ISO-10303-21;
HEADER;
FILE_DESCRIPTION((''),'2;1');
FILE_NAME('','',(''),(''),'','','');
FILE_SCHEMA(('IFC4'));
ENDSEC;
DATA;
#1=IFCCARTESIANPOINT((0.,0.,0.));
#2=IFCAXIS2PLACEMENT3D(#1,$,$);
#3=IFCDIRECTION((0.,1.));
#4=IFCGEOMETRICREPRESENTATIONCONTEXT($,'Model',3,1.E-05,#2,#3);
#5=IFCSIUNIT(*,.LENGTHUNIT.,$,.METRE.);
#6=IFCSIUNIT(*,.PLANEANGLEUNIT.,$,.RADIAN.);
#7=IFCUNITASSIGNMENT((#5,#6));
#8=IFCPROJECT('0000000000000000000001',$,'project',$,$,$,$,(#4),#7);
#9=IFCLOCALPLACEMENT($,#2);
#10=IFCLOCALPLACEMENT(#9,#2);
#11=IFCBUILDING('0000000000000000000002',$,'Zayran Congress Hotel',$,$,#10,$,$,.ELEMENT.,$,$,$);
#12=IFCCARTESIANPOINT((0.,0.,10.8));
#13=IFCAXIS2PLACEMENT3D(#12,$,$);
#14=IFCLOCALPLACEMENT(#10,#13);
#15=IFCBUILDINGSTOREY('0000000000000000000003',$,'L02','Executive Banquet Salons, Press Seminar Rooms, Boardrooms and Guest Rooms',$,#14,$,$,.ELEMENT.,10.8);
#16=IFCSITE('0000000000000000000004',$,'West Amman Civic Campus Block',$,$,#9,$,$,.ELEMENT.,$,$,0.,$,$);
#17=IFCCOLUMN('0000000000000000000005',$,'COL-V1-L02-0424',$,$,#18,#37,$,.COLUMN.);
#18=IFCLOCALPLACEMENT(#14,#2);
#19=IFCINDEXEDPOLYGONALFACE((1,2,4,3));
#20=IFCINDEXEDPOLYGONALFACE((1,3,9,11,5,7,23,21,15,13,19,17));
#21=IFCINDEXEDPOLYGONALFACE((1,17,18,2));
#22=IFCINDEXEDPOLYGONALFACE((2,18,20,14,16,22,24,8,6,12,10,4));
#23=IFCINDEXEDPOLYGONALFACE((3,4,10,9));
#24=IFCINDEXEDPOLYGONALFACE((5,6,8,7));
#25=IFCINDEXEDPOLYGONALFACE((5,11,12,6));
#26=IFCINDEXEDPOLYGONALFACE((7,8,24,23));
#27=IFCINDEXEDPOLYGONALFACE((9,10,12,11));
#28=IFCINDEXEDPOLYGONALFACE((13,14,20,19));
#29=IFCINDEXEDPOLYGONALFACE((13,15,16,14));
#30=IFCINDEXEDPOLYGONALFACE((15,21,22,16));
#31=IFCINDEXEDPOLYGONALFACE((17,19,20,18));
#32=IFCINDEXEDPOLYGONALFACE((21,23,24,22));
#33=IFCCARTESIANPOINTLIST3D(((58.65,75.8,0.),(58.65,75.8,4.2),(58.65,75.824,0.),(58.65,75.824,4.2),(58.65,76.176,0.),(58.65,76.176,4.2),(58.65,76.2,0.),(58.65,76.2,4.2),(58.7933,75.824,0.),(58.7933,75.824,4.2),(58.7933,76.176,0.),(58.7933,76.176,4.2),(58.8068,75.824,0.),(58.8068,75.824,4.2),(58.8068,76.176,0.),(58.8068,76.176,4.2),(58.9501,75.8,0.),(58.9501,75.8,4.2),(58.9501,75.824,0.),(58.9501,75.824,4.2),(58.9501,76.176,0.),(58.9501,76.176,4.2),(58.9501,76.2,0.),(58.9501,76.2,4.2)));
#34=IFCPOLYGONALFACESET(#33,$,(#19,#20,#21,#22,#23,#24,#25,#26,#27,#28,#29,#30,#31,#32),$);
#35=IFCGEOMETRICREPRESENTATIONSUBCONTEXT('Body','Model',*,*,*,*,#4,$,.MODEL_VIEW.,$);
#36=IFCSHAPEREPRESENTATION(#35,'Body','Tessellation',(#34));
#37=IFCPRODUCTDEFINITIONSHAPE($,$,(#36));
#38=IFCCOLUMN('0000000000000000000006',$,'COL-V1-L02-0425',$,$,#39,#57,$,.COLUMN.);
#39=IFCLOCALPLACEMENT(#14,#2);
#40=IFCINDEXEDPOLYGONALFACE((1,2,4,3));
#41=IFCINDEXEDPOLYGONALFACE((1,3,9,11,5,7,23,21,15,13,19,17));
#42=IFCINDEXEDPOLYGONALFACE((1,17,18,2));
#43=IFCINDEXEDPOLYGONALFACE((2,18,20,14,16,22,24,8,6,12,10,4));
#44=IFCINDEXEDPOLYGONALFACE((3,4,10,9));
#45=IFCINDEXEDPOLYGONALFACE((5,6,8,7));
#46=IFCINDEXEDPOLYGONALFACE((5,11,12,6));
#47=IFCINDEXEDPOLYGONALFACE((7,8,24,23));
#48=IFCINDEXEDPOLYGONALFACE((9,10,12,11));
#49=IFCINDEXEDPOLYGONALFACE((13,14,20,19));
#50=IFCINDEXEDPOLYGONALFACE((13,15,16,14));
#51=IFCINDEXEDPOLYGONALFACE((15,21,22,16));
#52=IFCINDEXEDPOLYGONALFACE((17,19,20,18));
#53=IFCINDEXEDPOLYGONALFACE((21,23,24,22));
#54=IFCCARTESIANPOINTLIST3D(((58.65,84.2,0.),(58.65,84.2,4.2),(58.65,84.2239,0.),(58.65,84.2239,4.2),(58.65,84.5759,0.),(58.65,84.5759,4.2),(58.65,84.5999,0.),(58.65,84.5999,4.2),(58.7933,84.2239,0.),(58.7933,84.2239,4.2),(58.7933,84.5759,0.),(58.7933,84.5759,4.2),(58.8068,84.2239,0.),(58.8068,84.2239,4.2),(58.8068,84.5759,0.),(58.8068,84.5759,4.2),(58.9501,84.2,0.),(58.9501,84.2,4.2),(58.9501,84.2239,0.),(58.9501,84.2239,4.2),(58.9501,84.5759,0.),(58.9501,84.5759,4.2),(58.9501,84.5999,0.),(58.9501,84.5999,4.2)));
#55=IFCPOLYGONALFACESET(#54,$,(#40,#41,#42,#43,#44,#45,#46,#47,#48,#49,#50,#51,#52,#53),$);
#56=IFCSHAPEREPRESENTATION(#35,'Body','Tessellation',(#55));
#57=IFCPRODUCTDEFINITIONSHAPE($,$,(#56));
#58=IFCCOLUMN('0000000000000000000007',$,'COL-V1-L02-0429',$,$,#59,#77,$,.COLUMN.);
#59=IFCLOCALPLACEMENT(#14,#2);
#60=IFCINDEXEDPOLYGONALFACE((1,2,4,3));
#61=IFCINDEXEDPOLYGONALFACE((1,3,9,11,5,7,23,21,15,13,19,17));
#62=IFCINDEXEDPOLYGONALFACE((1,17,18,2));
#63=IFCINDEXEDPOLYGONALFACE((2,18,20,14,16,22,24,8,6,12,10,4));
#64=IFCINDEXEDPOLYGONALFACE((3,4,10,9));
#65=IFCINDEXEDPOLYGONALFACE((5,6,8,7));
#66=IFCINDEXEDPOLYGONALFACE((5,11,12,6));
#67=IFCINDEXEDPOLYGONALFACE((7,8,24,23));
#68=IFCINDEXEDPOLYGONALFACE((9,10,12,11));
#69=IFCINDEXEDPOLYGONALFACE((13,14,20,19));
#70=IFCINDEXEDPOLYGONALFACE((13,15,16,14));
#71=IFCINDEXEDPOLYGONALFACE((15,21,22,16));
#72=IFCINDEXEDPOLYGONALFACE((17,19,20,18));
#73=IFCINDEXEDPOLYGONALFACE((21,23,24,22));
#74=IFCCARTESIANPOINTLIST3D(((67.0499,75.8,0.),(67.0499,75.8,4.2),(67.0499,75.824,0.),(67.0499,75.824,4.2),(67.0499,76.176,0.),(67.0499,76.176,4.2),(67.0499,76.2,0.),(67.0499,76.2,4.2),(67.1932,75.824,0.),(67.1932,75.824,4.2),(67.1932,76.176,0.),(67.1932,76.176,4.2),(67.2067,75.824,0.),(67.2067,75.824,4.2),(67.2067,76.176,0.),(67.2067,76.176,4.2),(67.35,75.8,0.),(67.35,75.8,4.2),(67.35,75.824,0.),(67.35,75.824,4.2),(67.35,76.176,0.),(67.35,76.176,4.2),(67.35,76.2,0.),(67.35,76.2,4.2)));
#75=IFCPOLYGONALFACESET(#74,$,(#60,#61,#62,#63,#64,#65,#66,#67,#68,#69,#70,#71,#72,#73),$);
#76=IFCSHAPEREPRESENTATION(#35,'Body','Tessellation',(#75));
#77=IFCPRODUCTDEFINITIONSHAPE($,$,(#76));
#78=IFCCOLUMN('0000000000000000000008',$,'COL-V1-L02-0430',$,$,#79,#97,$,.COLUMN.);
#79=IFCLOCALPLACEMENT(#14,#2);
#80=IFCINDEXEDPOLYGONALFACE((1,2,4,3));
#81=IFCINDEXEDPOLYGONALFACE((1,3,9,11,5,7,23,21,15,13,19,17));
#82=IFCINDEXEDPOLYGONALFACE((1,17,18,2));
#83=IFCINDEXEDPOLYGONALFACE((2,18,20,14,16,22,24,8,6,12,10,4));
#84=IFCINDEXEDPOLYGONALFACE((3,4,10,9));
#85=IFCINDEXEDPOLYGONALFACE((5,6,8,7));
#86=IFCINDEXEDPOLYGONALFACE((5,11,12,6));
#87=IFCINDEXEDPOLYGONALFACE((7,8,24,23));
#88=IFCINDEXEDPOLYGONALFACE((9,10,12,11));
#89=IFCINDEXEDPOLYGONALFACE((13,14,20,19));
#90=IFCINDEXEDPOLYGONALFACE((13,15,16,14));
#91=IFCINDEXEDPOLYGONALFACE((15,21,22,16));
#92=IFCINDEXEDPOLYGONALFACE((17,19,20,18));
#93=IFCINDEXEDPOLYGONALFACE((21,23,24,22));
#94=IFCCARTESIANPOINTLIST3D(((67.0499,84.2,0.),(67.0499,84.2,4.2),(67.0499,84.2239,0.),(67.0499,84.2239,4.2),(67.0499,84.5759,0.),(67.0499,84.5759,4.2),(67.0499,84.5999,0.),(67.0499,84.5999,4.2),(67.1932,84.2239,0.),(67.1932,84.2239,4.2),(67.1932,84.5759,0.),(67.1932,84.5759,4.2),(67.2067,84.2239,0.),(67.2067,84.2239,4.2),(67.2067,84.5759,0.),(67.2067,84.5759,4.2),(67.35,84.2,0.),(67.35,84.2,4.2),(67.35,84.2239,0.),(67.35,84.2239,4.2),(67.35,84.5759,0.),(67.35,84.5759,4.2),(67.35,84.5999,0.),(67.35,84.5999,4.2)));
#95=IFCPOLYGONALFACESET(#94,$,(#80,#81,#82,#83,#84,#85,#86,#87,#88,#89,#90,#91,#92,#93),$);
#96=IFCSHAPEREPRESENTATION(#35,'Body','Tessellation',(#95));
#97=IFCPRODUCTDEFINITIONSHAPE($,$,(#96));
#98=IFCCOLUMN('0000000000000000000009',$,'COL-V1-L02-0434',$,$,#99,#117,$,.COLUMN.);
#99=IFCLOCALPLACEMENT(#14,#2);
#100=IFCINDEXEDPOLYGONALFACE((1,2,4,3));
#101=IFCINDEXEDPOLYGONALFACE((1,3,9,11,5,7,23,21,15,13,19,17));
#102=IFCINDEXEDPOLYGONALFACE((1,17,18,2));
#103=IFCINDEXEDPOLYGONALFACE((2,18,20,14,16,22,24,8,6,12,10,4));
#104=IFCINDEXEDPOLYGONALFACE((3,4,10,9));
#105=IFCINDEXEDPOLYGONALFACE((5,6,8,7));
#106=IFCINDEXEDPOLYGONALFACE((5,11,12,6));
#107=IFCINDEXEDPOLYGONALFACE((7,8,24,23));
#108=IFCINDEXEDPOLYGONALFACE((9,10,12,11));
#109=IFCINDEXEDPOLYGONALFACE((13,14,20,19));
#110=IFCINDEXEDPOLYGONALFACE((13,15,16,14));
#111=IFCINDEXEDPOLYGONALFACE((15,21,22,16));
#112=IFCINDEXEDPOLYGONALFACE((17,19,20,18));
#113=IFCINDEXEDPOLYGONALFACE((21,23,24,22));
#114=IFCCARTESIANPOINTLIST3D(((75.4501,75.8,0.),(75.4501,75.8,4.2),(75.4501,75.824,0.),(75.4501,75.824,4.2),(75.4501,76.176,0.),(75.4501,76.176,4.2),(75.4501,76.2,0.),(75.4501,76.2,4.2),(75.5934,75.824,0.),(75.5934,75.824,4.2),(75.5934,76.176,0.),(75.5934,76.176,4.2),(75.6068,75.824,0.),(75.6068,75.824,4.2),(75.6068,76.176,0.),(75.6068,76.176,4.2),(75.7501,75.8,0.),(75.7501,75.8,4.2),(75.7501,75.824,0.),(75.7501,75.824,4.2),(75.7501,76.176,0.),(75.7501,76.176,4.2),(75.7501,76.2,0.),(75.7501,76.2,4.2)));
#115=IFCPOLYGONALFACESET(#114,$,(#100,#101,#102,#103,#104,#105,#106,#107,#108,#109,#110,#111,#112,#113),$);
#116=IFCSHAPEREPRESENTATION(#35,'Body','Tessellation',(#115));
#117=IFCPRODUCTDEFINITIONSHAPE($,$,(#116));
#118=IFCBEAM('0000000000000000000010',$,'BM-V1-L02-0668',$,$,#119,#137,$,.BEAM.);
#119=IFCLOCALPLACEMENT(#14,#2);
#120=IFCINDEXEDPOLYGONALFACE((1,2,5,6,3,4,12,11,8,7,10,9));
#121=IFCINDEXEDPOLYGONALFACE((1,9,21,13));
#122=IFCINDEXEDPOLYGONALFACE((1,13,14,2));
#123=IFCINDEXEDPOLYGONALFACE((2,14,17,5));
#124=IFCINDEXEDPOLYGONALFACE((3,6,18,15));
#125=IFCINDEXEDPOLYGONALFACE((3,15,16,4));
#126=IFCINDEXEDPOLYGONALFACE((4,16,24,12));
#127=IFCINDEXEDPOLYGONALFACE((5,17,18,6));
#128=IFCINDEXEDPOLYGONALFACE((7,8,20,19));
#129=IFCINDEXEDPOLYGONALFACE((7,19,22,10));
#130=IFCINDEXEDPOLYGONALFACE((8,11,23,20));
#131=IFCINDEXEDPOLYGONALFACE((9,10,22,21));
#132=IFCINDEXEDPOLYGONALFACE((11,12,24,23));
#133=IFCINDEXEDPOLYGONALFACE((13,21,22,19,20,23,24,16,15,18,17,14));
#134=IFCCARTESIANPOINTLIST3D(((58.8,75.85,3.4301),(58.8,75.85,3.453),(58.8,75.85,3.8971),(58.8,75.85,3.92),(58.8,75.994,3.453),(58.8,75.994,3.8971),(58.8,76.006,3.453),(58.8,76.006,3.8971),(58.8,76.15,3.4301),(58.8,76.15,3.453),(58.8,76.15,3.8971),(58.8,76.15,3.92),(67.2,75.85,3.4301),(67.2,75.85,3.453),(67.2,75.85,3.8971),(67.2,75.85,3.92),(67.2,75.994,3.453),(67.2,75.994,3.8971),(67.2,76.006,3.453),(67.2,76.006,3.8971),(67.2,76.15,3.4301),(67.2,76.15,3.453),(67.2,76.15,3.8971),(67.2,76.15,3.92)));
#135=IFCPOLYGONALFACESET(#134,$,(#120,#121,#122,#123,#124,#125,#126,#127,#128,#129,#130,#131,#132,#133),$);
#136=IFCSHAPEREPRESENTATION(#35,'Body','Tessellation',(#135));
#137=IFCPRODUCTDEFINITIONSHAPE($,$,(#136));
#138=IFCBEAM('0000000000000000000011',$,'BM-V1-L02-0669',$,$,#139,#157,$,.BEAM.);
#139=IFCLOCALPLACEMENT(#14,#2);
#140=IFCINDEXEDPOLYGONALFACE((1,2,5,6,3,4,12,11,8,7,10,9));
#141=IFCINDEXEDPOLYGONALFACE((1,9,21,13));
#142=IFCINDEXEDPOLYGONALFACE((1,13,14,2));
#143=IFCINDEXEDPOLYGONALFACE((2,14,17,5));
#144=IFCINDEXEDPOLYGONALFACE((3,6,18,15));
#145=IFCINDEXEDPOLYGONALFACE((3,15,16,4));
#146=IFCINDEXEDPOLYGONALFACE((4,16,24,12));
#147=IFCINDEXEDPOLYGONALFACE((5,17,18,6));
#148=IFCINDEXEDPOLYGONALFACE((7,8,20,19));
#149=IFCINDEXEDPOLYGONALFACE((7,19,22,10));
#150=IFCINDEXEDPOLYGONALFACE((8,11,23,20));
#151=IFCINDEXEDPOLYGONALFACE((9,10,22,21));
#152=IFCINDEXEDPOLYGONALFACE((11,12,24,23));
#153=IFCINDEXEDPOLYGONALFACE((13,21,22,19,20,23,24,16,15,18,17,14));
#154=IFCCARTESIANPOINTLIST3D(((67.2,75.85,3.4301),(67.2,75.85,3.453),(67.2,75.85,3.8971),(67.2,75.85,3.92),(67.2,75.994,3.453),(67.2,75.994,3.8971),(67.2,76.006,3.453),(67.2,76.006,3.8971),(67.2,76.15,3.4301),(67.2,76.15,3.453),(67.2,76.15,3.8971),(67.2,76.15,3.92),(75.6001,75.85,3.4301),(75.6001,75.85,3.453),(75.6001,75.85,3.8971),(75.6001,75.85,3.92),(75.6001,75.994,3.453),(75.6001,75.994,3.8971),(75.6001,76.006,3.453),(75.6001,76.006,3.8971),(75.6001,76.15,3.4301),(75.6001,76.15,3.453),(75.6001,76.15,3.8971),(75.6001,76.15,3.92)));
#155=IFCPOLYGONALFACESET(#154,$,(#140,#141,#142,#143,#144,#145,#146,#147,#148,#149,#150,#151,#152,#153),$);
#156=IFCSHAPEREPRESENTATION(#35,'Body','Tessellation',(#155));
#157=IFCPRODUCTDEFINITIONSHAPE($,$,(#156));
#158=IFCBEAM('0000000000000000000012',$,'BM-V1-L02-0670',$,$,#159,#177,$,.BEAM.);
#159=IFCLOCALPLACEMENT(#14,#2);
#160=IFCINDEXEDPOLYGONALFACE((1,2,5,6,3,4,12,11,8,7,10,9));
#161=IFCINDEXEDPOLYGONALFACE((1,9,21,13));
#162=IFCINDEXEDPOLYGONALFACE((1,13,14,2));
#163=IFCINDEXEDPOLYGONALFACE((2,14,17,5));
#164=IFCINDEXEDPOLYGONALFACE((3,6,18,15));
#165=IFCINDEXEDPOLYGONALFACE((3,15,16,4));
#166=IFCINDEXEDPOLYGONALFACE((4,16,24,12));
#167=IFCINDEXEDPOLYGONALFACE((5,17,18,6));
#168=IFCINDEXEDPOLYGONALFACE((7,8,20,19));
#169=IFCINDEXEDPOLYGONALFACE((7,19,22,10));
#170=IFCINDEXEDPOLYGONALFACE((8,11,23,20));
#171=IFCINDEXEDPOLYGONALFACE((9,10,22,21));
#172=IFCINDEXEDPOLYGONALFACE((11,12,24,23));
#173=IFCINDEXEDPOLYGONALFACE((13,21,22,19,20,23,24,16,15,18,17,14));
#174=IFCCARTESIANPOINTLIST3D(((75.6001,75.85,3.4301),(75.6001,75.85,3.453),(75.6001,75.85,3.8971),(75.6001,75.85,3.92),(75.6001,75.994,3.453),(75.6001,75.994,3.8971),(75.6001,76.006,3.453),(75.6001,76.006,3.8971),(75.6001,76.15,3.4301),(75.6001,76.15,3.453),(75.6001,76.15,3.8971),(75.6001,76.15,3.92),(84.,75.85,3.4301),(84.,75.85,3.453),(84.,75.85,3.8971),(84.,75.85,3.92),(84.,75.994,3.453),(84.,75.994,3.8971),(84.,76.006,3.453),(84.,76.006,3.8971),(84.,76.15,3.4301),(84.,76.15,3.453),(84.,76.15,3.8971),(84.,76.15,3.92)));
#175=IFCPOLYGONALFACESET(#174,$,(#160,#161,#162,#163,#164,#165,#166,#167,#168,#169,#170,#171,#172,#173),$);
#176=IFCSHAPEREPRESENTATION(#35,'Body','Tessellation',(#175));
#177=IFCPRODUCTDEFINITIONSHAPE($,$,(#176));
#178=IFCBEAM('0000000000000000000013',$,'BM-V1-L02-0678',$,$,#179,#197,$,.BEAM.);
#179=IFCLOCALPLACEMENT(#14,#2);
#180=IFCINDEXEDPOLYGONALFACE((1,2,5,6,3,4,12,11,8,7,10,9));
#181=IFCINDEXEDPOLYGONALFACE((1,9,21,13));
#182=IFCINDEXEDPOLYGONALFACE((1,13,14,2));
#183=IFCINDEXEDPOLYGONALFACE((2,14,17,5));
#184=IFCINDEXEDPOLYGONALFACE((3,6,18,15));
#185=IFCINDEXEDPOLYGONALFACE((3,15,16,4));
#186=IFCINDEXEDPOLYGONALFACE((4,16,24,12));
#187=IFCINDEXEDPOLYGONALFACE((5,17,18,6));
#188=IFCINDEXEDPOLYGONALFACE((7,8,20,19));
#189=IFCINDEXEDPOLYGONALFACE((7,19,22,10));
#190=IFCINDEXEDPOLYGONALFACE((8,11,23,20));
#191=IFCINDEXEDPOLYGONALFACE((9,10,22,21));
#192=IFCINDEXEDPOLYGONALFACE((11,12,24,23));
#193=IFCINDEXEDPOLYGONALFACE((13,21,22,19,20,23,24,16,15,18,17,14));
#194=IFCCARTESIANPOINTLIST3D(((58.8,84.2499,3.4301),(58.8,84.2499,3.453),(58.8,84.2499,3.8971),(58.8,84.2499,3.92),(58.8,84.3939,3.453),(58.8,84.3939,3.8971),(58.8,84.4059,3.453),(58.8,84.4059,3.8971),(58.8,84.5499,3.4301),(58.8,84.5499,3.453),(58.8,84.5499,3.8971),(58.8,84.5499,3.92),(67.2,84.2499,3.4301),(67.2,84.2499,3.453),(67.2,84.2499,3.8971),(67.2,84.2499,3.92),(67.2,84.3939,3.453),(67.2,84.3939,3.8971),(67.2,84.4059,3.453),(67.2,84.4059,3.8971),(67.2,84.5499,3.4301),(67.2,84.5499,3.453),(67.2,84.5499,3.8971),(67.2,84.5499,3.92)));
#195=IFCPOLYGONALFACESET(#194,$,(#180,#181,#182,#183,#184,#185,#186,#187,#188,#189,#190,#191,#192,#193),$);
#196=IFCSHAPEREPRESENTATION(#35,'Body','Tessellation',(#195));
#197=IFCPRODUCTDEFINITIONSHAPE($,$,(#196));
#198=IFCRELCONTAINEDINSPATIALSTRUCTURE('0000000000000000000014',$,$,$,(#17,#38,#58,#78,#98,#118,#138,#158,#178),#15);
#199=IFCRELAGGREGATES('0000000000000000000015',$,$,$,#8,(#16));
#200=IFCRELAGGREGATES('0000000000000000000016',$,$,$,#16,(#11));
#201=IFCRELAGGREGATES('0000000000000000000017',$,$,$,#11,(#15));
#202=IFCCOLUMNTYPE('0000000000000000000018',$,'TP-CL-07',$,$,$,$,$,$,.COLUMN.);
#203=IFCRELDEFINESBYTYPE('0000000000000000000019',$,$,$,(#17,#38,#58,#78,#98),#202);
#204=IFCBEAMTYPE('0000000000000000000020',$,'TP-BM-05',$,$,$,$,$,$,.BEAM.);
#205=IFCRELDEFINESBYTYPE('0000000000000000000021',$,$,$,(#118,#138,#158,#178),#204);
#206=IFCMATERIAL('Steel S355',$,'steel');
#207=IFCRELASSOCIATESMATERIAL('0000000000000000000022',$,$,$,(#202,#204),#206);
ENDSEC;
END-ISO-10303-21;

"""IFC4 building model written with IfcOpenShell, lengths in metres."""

from ifc_helpers import new_model, si_unit, direction, frame, origin, origin_2d, place, context, subcontext, project, spatial, i_section, extrude, material, material_profile, profile_set, type_object, element, save


model = new_model("IFC4")

# Units and contexts
model_context = context("Model", 3, precision=1e-05, world=origin(), true_north=direction((0.0, 1.0)))
body_context = subcontext(model_context, "Body", "Model", "MODEL_VIEW")
ifc_project = project(units=[si_unit("LENGTHUNIT", "METRE"), si_unit("PLANEANGLEUNIT", "RADIAN")], contexts=[model_context])

# Site, building, storey
site_placement = place(None, origin())
site = spatial("IfcSite", under=ifc_project, at=site_placement, Name="West Amman Civic Campus Block", CompositionType="ELEMENT", RefElevation=0.0)
building_placement = place(site_placement, origin())
building = spatial("IfcBuilding", under=site, at=building_placement, Name="Zayran Congress Hotel", CompositionType="ELEMENT")
storey_placement = place(building_placement, frame((0.0, 0.0, 10.8)))
storey = spatial("IfcBuildingStorey", under=building, at=storey_placement, Name="L02", Description="Executive Banquet Salons, Press Seminar Rooms, Boardrooms and Guest Rooms", CompositionType="ELEMENT", Elevation=10.8)

# Columns
ifc_material_1 = material(Name="Steel S355", Category="steel")
ifc_material_profile_1 = material_profile(ifc_material_1, i_section(OverallWidth=0.3, OverallDepth=0.3999, WebThickness=0.0134, FlangeThickness=0.0239, at=origin_2d()), Name="HEB 400")
ifc_profile_set_1 = profile_set([ifc_material_profile_1], Name="Steel S355")
column_type = type_object("IfcColumnType", Name="TP-CL-07", PredefinedType="COLUMN", material=ifc_profile_set_1)
for number, where, z_axis, x_axis, name in (
    (1, (58.8, 76.0, 0.0), (0.0, 0.0, 1.0), (1.0, 0.0, 0.0), "COL-V1-L02-0424"),
    (2, (58.8, 84.3999, 0.0), (0.0, 0.0, 1.0), (1.0, 0.0, 0.0), "COL-V1-L02-0425"),
    (3, (67.2, 76.0, 0.0), (0.0, 0.0, 1.0), (1.0, 0.0, 0.0), "COL-V1-L02-0429"),
    (4, (67.2, 84.3999, 0.0), (0.0, 0.0, 1.0), (1.0, 0.0, 0.0), "COL-V1-L02-0430"),
    (5, (75.6001, 76.0, 0.0), (0.0, 0.0, 1.0), (1.0, 0.0, 0.0), "COL-V1-L02-0434"),
):
    element("IfcColumn", number, at=place(storey_placement, frame(where, z_axis=z_axis, x_axis=x_axis)), inside=storey, type_object=column_type, Name=name, PredefinedType="COLUMN", context=body_context, shape_type="SweptSolid", body=[
        extrude(i_section(OverallWidth=0.3, OverallDepth=0.3999, WebThickness=0.0134, FlangeThickness=0.0239, at=origin_2d()), origin(), (0.0, 0.0, 1.0), 4.2),
    ])

# Beams
ifc_material_profile_2 = material_profile(ifc_material_1, i_section(OverallWidth=0.3, OverallDepth=0.49, WebThickness=0.012, FlangeThickness=0.0229, at=origin_2d()), Name="HEA 500")
ifc_profile_set_2 = profile_set([ifc_material_profile_2], Name="Steel S355")
beam_type_1 = type_object("IfcBeamType", Name="TP-BM-05", PredefinedType="BEAM", material=ifc_profile_set_2)
beam_1_placement = place(storey_placement, frame((58.8, 76.0, 3.675), z_axis=(1.0, 0.0, 0.0), x_axis=(0.0, 1.0, 0.0)))
element("IfcBeam", 6, at=beam_1_placement, inside=storey, type_object=beam_type_1, Name="BM-V1-L02-0668", PredefinedType="BEAM", context=body_context, shape_type="SweptSolid", body=[
    extrude(i_section(OverallWidth=0.3, OverallDepth=0.49, WebThickness=0.012, FlangeThickness=0.0229, at=origin_2d()), origin(), (0.0, 0.0, 1.0), 8.3999),
])
beam_2_placement = place(storey_placement, frame((67.2, 76.0, 3.675), z_axis=(1.0, 0.0, 0.0), x_axis=(0.0, 1.0, 0.0)))
element("IfcBeam", 7, at=beam_2_placement, inside=storey, type_object=beam_type_1, Name="BM-V1-L02-0669", PredefinedType="BEAM", context=body_context, shape_type="SweptSolid", body=[
    extrude(i_section(OverallWidth=0.3, OverallDepth=0.49, WebThickness=0.012, FlangeThickness=0.0229, at=origin_2d()), origin(), (0.0, 0.0, 1.0), 8.4001),
])
for number, where, z_axis, x_axis, name in (
    (8, (75.6001, 76.0, 3.675), (1.0, 0.0, 0.0), (0.0, 1.0, 0.0), "BM-V1-L02-0670"),
    (9, (58.8, 84.3999, 3.675), (1.0, 0.0, 0.0), (0.0, 1.0, 0.0), "BM-V1-L02-0678"),
):
    element("IfcBeam", number, at=place(storey_placement, frame(where, z_axis=z_axis, x_axis=x_axis)), inside=storey, type_object=beam_type_1, Name=name, PredefinedType="BEAM", context=body_context, shape_type="SweptSolid", body=[
        extrude(i_section(OverallWidth=0.3, OverallDepth=0.49, WebThickness=0.012, FlangeThickness=0.0229, at=origin_2d()), origin(), (0.0, 0.0, 1.0), 8.3999),
    ])

save(model, "model.ifc")
